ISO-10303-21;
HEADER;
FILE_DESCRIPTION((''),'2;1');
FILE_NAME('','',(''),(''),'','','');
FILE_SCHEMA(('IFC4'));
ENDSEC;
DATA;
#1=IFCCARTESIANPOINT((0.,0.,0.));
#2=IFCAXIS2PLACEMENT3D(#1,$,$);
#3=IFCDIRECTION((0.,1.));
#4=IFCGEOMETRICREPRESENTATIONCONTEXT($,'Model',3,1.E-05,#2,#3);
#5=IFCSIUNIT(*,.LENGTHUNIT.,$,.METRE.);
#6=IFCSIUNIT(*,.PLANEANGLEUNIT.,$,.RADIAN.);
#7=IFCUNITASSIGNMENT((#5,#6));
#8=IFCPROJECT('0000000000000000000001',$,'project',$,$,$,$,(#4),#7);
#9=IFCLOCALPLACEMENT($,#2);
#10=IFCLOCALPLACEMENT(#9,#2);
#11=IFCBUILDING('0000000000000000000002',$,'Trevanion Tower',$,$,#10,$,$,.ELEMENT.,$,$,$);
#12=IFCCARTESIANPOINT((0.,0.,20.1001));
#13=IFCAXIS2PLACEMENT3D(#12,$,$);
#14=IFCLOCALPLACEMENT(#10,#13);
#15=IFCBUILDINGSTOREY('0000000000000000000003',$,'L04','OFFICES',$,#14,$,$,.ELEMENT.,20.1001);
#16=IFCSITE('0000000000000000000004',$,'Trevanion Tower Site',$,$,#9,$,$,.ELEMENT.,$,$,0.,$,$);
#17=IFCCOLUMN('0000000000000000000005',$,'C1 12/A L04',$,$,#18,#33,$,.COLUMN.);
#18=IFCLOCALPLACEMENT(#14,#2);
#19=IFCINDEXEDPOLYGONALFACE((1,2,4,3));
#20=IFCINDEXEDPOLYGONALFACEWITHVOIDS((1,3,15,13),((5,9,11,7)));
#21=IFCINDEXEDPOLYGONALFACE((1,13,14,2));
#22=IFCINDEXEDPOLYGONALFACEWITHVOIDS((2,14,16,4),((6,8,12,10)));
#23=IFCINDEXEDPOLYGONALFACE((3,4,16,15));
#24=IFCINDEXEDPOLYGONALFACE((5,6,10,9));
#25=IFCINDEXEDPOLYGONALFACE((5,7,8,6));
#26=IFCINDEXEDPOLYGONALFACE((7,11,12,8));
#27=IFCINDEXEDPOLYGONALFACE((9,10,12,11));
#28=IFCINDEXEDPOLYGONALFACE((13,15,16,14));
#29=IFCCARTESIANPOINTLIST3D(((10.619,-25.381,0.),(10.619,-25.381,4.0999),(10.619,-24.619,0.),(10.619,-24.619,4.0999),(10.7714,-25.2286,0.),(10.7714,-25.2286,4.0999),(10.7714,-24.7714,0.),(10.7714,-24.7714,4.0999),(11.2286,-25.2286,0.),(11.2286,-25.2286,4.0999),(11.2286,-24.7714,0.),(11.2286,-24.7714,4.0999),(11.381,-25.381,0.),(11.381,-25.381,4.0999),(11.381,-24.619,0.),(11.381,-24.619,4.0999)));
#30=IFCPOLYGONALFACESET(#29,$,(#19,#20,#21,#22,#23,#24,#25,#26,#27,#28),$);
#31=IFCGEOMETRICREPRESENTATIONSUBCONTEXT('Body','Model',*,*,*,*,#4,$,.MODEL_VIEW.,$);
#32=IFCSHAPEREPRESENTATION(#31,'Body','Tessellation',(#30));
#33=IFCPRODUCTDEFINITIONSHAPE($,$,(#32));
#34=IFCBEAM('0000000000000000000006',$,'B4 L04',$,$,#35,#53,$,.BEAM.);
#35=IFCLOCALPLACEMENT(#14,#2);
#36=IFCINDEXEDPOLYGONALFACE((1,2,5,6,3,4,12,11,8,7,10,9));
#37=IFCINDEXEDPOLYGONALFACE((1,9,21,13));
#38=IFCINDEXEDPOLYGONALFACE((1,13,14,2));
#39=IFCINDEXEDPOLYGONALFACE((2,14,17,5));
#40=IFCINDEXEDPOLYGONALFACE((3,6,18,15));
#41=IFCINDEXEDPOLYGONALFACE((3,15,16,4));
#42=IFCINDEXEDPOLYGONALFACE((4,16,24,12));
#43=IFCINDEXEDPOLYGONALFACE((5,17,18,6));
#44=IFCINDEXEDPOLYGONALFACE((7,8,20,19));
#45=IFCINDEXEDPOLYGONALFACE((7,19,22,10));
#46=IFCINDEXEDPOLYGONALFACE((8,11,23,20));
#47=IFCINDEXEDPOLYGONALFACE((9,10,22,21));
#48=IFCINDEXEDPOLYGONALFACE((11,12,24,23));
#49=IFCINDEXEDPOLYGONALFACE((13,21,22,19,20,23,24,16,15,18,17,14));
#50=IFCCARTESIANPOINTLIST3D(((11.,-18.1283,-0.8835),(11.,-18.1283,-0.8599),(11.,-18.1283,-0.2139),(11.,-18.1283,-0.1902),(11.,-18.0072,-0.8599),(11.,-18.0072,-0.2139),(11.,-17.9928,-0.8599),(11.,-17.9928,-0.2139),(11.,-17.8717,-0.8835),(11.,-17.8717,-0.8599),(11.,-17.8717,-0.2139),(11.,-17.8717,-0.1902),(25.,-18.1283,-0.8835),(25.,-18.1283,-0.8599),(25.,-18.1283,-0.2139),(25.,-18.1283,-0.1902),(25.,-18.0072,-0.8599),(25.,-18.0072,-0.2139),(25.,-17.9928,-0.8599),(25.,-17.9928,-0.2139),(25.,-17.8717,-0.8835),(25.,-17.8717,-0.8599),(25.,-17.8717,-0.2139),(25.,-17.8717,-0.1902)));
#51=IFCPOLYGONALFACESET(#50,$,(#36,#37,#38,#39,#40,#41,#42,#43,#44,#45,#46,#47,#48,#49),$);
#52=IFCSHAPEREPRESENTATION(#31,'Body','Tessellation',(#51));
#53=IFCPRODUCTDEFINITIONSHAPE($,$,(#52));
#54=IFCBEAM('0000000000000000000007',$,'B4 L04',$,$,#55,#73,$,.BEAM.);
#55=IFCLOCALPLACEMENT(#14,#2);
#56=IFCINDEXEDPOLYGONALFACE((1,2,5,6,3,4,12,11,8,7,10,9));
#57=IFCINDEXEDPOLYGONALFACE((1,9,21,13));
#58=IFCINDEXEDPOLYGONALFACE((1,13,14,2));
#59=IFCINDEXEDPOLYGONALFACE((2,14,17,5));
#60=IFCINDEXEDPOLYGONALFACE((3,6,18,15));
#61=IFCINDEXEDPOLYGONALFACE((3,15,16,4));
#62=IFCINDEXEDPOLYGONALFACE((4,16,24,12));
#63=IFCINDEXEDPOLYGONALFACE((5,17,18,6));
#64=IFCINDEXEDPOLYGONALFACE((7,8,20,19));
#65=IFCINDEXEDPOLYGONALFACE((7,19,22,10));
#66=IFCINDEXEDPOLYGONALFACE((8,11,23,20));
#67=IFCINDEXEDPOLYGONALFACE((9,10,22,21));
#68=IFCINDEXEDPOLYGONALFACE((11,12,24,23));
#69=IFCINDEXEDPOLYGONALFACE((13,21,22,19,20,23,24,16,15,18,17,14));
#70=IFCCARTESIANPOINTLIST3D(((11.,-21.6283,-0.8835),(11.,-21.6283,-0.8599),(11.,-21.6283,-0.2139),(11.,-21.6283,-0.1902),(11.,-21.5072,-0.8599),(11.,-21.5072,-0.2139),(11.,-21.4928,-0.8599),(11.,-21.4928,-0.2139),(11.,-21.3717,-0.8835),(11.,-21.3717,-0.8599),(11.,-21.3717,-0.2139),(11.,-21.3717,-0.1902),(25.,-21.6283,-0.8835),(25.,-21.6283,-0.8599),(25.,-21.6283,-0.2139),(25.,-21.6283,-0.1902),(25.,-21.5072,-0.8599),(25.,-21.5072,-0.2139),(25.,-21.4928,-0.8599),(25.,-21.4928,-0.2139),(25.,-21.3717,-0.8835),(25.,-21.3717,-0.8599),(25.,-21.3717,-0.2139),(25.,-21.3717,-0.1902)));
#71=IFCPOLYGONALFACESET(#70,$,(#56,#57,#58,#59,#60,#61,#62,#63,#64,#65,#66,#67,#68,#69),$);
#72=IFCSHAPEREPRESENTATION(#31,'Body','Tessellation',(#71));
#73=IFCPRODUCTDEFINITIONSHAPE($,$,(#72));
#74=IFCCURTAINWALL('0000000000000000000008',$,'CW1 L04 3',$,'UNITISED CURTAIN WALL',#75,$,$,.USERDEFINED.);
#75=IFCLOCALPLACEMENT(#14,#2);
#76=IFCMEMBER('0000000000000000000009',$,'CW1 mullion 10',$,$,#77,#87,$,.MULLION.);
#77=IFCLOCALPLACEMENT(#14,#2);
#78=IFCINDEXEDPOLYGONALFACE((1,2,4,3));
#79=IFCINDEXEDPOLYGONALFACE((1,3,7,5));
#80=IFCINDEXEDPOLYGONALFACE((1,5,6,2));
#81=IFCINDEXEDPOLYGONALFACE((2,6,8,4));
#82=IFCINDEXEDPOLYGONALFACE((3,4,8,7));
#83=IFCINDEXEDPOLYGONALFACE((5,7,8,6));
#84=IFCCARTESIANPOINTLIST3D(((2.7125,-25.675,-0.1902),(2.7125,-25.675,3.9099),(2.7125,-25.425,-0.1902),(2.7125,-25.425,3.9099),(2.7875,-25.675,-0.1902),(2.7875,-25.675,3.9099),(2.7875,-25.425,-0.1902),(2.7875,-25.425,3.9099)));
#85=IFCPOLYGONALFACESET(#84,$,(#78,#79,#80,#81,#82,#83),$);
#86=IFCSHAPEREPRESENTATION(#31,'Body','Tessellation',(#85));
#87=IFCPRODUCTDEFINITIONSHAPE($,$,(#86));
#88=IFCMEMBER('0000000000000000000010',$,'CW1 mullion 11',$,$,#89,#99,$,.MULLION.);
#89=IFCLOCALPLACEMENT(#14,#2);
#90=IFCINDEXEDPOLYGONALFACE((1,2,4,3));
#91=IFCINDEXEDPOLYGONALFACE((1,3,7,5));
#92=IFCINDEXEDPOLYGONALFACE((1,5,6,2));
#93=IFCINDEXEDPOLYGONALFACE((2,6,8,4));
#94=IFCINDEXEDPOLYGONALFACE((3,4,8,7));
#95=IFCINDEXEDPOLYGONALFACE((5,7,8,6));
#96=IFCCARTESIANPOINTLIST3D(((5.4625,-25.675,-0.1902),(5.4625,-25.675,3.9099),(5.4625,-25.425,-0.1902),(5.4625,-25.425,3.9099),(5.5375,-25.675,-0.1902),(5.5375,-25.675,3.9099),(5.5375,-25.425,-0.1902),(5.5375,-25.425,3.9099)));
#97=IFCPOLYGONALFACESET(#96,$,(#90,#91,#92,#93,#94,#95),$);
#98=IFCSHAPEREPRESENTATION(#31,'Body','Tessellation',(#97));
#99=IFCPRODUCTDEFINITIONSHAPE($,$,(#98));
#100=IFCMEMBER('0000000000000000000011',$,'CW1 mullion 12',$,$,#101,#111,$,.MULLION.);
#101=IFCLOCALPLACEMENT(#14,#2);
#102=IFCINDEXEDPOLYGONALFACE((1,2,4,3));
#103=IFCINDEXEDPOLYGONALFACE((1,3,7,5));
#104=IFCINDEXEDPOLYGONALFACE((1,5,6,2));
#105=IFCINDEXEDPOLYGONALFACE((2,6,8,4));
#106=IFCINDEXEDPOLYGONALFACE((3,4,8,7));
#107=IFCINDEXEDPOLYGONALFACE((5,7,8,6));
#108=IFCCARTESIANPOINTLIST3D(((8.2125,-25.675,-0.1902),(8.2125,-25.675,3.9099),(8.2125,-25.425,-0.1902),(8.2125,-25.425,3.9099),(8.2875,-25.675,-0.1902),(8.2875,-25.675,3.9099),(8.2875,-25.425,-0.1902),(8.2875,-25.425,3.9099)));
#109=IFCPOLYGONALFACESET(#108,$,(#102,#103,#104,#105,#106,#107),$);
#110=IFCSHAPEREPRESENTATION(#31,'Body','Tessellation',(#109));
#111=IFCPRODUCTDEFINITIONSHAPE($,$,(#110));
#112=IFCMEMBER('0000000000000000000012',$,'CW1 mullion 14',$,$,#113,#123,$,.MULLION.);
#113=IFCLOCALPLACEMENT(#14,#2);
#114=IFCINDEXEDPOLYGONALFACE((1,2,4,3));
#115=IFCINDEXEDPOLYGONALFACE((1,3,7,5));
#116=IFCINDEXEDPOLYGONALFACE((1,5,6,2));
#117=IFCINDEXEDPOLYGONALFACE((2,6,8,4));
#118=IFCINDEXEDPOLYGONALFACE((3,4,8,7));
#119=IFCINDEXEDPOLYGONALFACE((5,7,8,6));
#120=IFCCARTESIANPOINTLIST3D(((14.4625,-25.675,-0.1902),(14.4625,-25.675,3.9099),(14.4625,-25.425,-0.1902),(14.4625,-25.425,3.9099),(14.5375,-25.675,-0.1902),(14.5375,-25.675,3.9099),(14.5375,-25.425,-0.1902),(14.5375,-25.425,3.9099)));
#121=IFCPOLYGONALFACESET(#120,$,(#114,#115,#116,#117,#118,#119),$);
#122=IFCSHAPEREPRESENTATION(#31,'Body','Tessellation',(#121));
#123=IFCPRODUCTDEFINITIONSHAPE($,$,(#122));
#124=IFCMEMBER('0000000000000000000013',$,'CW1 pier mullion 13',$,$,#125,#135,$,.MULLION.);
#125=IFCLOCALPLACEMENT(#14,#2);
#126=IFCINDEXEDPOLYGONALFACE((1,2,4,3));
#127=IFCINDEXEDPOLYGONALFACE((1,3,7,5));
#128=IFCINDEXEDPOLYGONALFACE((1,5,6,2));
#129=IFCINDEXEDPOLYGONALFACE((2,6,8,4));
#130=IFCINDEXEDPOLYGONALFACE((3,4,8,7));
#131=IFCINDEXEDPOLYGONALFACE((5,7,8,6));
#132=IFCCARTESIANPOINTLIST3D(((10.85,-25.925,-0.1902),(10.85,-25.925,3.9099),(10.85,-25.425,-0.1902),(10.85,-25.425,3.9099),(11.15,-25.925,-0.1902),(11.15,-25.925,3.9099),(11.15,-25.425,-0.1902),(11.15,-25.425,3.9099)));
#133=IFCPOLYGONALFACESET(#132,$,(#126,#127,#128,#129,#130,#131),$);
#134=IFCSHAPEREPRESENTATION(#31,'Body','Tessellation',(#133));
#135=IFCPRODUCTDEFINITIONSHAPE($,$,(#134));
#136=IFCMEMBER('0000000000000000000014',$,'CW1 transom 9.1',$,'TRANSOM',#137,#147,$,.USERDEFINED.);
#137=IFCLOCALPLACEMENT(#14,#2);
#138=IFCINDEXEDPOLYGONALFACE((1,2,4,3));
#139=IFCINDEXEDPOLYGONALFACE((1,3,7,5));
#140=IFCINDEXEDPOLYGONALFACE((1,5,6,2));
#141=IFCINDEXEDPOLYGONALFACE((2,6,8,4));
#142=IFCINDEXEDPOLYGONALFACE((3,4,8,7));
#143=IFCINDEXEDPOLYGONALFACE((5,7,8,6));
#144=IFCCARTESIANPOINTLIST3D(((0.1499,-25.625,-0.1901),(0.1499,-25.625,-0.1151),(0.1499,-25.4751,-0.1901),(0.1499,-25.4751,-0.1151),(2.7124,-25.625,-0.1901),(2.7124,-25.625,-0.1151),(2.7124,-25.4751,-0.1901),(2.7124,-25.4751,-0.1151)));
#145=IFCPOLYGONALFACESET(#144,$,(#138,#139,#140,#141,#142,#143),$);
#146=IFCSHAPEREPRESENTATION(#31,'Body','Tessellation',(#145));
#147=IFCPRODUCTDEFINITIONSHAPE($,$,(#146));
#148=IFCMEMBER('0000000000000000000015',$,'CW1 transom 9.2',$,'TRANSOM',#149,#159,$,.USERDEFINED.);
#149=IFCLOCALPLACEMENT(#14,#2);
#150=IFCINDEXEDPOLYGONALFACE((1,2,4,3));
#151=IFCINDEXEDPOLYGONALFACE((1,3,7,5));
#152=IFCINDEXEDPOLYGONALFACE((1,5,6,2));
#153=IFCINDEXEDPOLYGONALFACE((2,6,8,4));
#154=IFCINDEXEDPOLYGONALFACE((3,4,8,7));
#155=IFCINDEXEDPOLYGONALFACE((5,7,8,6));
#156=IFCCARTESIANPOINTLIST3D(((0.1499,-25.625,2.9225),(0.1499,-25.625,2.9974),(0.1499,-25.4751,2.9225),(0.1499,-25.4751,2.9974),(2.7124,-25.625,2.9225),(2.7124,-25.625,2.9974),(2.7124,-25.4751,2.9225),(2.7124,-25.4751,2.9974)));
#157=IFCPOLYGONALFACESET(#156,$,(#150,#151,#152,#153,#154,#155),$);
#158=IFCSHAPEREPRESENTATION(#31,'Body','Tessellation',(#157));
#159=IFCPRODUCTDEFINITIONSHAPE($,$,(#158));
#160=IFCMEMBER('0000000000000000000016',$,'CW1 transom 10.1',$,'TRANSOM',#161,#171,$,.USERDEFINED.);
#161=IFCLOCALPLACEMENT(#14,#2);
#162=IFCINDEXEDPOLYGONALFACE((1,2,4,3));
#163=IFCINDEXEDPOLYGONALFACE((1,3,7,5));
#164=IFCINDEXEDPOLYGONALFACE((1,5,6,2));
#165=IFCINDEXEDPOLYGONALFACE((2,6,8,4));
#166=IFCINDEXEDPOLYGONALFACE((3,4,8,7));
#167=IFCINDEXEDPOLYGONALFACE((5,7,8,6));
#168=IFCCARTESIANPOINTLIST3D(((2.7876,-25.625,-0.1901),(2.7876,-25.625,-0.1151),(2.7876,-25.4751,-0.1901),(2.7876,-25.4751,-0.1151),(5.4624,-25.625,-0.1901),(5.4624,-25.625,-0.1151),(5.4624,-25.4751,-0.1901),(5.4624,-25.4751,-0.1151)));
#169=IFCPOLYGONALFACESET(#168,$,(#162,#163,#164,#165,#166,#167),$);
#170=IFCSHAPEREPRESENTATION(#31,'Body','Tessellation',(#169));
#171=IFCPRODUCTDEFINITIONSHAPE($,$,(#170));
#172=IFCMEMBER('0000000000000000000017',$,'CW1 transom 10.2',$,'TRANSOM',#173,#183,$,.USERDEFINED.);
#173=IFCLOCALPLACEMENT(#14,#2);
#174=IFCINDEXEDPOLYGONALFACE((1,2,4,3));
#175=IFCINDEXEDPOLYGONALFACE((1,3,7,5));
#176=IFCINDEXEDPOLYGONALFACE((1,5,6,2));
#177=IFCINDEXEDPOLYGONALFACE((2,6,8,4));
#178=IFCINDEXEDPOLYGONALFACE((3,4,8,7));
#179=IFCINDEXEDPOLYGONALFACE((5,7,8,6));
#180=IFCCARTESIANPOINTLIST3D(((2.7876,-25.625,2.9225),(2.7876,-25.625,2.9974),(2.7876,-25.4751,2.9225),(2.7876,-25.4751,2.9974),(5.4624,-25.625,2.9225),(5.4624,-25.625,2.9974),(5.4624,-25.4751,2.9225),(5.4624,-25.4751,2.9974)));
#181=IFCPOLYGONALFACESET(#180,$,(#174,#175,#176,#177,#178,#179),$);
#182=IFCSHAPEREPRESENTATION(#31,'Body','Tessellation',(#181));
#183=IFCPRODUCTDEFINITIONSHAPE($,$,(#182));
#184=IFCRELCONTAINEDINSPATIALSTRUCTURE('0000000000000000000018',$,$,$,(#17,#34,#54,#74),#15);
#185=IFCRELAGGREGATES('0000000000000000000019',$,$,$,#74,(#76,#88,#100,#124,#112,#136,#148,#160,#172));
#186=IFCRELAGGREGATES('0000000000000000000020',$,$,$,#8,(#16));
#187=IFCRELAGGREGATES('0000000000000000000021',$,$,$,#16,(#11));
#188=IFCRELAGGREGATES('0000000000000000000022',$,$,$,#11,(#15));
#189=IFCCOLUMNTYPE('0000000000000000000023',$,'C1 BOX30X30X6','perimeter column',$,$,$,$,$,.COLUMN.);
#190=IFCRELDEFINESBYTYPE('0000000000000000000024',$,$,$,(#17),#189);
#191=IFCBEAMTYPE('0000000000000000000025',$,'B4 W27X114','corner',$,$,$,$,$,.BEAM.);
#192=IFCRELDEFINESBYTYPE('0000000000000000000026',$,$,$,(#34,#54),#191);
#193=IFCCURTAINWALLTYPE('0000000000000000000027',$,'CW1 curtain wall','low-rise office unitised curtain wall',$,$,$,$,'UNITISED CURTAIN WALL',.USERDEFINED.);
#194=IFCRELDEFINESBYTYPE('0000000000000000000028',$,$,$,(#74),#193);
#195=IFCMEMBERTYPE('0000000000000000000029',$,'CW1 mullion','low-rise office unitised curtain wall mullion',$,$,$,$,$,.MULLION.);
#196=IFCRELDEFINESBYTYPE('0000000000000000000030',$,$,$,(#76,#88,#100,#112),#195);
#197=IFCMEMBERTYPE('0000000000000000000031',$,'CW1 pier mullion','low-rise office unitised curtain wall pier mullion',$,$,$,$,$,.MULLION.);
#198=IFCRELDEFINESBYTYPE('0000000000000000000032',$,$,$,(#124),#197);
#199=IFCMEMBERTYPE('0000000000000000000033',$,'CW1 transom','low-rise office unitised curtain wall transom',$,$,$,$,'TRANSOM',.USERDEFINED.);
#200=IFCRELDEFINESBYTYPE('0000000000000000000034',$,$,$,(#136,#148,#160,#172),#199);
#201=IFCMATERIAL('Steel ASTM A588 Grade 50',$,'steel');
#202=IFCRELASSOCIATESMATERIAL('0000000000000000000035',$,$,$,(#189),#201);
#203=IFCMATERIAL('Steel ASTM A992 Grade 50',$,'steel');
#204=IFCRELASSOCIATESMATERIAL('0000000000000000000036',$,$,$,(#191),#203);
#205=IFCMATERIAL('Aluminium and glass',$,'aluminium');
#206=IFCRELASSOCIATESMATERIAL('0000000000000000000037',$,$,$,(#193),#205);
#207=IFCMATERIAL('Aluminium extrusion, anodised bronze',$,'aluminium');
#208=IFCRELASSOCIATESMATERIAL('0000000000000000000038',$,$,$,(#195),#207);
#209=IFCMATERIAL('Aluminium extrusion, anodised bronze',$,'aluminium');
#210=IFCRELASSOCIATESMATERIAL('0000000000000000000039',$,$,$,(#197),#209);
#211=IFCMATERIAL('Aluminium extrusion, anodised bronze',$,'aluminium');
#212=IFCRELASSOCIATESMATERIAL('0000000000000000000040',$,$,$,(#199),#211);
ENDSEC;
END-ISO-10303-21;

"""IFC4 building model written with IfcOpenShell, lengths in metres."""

from ifc_helpers import new_model, si_unit, direction, frame, origin, origin_2d, place, context, subcontext, project, spatial, rectangle, hollow_rectangle, i_section, extrude, material, material_profile, profile_set, type_object, element, aggregate, save


model = new_model("IFC4")

# Units and contexts
model_context = context("Model", 3, precision=1e-05, world=origin(), true_north=direction((0.0, 1.0)))
body_context = subcontext(model_context, "Body", "Model", "MODEL_VIEW")
ifc_project = project(units=[si_unit("LENGTHUNIT", "METRE"), si_unit("PLANEANGLEUNIT", "RADIAN")], contexts=[model_context])

# Site, building, storey
site_placement = place(None, origin())
site = spatial("IfcSite", under=ifc_project, at=site_placement, Name="Trevanion Tower Site", CompositionType="ELEMENT", RefElevation=0.0)
building_placement = place(site_placement, origin())
building = spatial("IfcBuilding", under=site, at=building_placement, Name="Trevanion Tower", CompositionType="ELEMENT")
storey_placement = place(building_placement, frame((0.0, 0.0, 20.1001)))
storey = spatial("IfcBuildingStorey", under=building, at=storey_placement, Name="L04", Description="OFFICES", CompositionType="ELEMENT", Elevation=20.1001)

# Column
ifc_material_1 = material(Name="Steel ASTM A588 Grade 50", Category="steel")
ifc_material_profile_1 = material_profile(ifc_material_1, hollow_rectangle(XDim=0.762, YDim=0.762, WallThickness=0.1523, at=origin_2d()), Name="BOX30X30X6")
ifc_profile_set_1 = profile_set([ifc_material_profile_1], Name="Steel ASTM A588 Grade 50")
column_type = type_object("IfcColumnType", Name="C1 BOX30X30X6", Description="perimeter column", PredefinedType="COLUMN", material=ifc_profile_set_1)
column_placement = place(storey_placement, frame((11.0, -25.0, 0.0), z_axis=(0.0, 0.0, 1.0), x_axis=(1.0, 0.0, 0.0)))
element("IfcColumn", 1, at=column_placement, inside=storey, type_object=column_type, Name="C1 12/A L04", PredefinedType="COLUMN", context=body_context, shape_type="SweptSolid", body=[
    extrude(hollow_rectangle(XDim=0.762, YDim=0.762, WallThickness=0.1523, at=origin_2d()), origin(), (0.0, 0.0, 1.0), 4.0999),
])

# Beams
ifc_material_2 = material(Name="Steel ASTM A992 Grade 50", Category="steel")
ifc_material_profile_2 = material_profile(ifc_material_2, i_section(OverallWidth=0.2566, OverallDepth=0.6934, WebThickness=0.0144, FlangeThickness=0.0237, at=origin_2d()), Name="W27X114")
ifc_profile_set_2 = profile_set([ifc_material_profile_2], Name="Steel ASTM A992 Grade 50")
beam_type_1 = type_object("IfcBeamType", Name="B4 W27X114", Description="corner", PredefinedType="BEAM", material=ifc_profile_set_2)
for number, where, z_axis, x_axis, name in (
    (2, (11.0, -18.0, -0.5369), (1.0, 0.0, 0.0), (0.0, 1.0, 0.0), "B4 L04"),
    (3, (11.0, -21.5, -0.5369), (1.0, 0.0, 0.0), (0.0, 1.0, 0.0), "B4 L04"),
):
    element("IfcBeam", number, at=place(storey_placement, frame(where, z_axis=z_axis, x_axis=x_axis)), inside=storey, type_object=beam_type_1, Name=name, PredefinedType="BEAM", context=body_context, shape_type="SweptSolid", body=[
        extrude(i_section(OverallWidth=0.2566, OverallDepth=0.6934, WebThickness=0.0144, FlangeThickness=0.0237, at=origin_2d()), origin(), (0.0, 0.0, 1.0), 14.0),
    ])

# Curtain wall, members
ifc_material_3 = material(Name="Aluminium and glass", Category="aluminium")
curtain_wall_type = type_object("IfcCurtainWallType", Name="CW1 curtain wall", Description="low-rise office unitised curtain wall", ElementType="UNITISED CURTAIN WALL", PredefinedType="USERDEFINED", material=ifc_material_3)
curtain_wall_placement = place(storey_placement, origin())
curtain_wall = element("IfcCurtainWall", 4, at=curtain_wall_placement, inside=storey, type_object=curtain_wall_type, Name="CW1 L04 3", ObjectType="UNITISED CURTAIN WALL", PredefinedType="USERDEFINED")
ifc_material_4 = material(Name="Aluminium extrusion, anodised bronze", Category="aluminium")
ifc_material_profile_3 = material_profile(ifc_material_4, rectangle(XDim=0.075, YDim=0.25, at=origin_2d()), Name="CW1 mullion")
ifc_profile_set_3 = profile_set([ifc_material_profile_3], Name="Aluminium extrusion, anodised bronze")
member_type_1 = type_object("IfcMemberType", Name="CW1 mullion", Description="low-rise office unitised curtain wall mullion", PredefinedType="MULLION", material=ifc_profile_set_3)
member_1_placement = place(storey_placement, frame((2.75, -25.55, -0.1902), z_axis=(0.0, 0.0, 1.0), x_axis=(1.0, 0.0, 0.0)))
member_1 = element("IfcMember", 5, at=member_1_placement, type_object=member_type_1, Name="CW1 mullion 10", PredefinedType="MULLION", context=body_context, shape_type="SweptSolid", body=[
    extrude(rectangle(XDim=0.075, YDim=0.25, at=origin_2d()), origin(), (0.0, 0.0, 1.0), 4.1001),
])
member_2_placement = place(storey_placement, frame((5.5, -25.55, -0.1902), z_axis=(0.0, 0.0, 1.0), x_axis=(1.0, 0.0, 0.0)))
member_2 = element("IfcMember", 6, at=member_2_placement, type_object=member_type_1, Name="CW1 mullion 11", PredefinedType="MULLION", context=body_context, shape_type="SweptSolid", body=[
    extrude(rectangle(XDim=0.075, YDim=0.25, at=origin_2d()), origin(), (0.0, 0.0, 1.0), 4.1001),
])
member_3_placement = place(storey_placement, frame((8.25, -25.55, -0.1902), z_axis=(0.0, 0.0, 1.0), x_axis=(1.0, 0.0, 0.0)))
member_3 = element("IfcMember", 7, at=member_3_placement, type_object=member_type_1, Name="CW1 mullion 12", PredefinedType="MULLION", context=body_context, shape_type="SweptSolid", body=[
    extrude(rectangle(XDim=0.075, YDim=0.25, at=origin_2d()), origin(), (0.0, 0.0, 1.0), 4.1001),
])
member_4_placement = place(storey_placement, frame((14.5, -25.55, -0.1902), z_axis=(0.0, 0.0, 1.0), x_axis=(1.0, 0.0, 0.0)))
member_4 = element("IfcMember", 8, at=member_4_placement, type_object=member_type_1, Name="CW1 mullion 14", PredefinedType="MULLION", context=body_context, shape_type="SweptSolid", body=[
    extrude(rectangle(XDim=0.075, YDim=0.25, at=origin_2d()), origin(), (0.0, 0.0, 1.0), 4.1001),
])
ifc_material_5 = material(Name="Aluminium extrusion, anodised bronze", Category="aluminium")
ifc_material_profile_4 = material_profile(ifc_material_5, rectangle(XDim=0.3, YDim=0.5, at=origin_2d()), Name="CW1 pier mullion")
ifc_profile_set_4 = profile_set([ifc_material_profile_4], Name="Aluminium extrusion, anodised bronze")
member_type_2 = type_object("IfcMemberType", Name="CW1 pier mullion", Description="low-rise office unitised curtain wall pier mullion", PredefinedType="MULLION", material=ifc_profile_set_4)
member_5_placement = place(storey_placement, frame((11.0, -25.675, -0.1902), z_axis=(0.0, 0.0, 1.0), x_axis=(1.0, 0.0, 0.0)))
member_5 = element("IfcMember", 9, at=member_5_placement, type_object=member_type_2, Name="CW1 pier mullion 13", PredefinedType="MULLION", context=body_context, shape_type="SweptSolid", body=[
    extrude(rectangle(XDim=0.3, YDim=0.5, at=origin_2d()), origin(), (0.0, 0.0, 1.0), 4.1001),
])
ifc_material_6 = material(Name="Aluminium extrusion, anodised bronze", Category="aluminium")
ifc_material_profile_5 = material_profile(ifc_material_6, rectangle(XDim=0.1499, YDim=0.075, at=origin_2d()), Name="CW1 transom")
ifc_profile_set_5 = profile_set([ifc_material_profile_5], Name="Aluminium extrusion, anodised bronze")
member_type_3 = type_object("IfcMemberType", Name="CW1 transom", Description="low-rise office unitised curtain wall transom", ElementType="TRANSOM", PredefinedType="USERDEFINED", material=ifc_profile_set_5)
member_6_placement = place(storey_placement, frame((0.1499, -25.55, -0.1526), z_axis=(1.0, 0.0, 0.0), x_axis=(0.0, 1.0, 0.0)))
member_6 = element("IfcMember", 10, at=member_6_placement, type_object=member_type_3, Name="CW1 transom 9.1", ObjectType="TRANSOM", PredefinedType="USERDEFINED", context=body_context, shape_type="SweptSolid", body=[
    extrude(rectangle(XDim=0.1499, YDim=0.075, at=origin_2d()), origin(), (0.0, 0.0, 1.0), 2.5625),
])
member_7_placement = place(storey_placement, frame((0.1499, -25.55, 2.96), z_axis=(1.0, 0.0, 0.0), x_axis=(0.0, 1.0, 0.0)))
member_7 = element("IfcMember", 11, at=member_7_placement, type_object=member_type_3, Name="CW1 transom 9.2", ObjectType="TRANSOM", PredefinedType="USERDEFINED", context=body_context, shape_type="SweptSolid", body=[
    extrude(rectangle(XDim=0.1499, YDim=0.075, at=origin_2d()), origin(), (0.0, 0.0, 1.0), 2.5625),
])
member_8_placement = place(storey_placement, frame((2.7876, -25.55, -0.1526), z_axis=(1.0, 0.0, 0.0), x_axis=(0.0, 1.0, 0.0)))
member_8 = element("IfcMember", 12, at=member_8_placement, type_object=member_type_3, Name="CW1 transom 10.1", ObjectType="TRANSOM", PredefinedType="USERDEFINED", context=body_context, shape_type="SweptSolid", body=[
    extrude(rectangle(XDim=0.1499, YDim=0.075, at=origin_2d()), origin(), (0.0, 0.0, 1.0), 2.6748),
])
member_9_placement = place(storey_placement, frame((2.7876, -25.55, 2.96), z_axis=(1.0, 0.0, 0.0), x_axis=(0.0, 1.0, 0.0)))
member_9 = element("IfcMember", 13, at=member_9_placement, type_object=member_type_3, Name="CW1 transom 10.2", ObjectType="TRANSOM", PredefinedType="USERDEFINED", context=body_context, shape_type="SweptSolid", body=[
    extrude(rectangle(XDim=0.1499, YDim=0.075, at=origin_2d()), origin(), (0.0, 0.0, 1.0), 2.6748),
])

aggregate(curtain_wall, [member_1, member_2, member_3, member_5, member_4, member_6, member_7, member_8, member_9])

save(model, "model.ifc")
